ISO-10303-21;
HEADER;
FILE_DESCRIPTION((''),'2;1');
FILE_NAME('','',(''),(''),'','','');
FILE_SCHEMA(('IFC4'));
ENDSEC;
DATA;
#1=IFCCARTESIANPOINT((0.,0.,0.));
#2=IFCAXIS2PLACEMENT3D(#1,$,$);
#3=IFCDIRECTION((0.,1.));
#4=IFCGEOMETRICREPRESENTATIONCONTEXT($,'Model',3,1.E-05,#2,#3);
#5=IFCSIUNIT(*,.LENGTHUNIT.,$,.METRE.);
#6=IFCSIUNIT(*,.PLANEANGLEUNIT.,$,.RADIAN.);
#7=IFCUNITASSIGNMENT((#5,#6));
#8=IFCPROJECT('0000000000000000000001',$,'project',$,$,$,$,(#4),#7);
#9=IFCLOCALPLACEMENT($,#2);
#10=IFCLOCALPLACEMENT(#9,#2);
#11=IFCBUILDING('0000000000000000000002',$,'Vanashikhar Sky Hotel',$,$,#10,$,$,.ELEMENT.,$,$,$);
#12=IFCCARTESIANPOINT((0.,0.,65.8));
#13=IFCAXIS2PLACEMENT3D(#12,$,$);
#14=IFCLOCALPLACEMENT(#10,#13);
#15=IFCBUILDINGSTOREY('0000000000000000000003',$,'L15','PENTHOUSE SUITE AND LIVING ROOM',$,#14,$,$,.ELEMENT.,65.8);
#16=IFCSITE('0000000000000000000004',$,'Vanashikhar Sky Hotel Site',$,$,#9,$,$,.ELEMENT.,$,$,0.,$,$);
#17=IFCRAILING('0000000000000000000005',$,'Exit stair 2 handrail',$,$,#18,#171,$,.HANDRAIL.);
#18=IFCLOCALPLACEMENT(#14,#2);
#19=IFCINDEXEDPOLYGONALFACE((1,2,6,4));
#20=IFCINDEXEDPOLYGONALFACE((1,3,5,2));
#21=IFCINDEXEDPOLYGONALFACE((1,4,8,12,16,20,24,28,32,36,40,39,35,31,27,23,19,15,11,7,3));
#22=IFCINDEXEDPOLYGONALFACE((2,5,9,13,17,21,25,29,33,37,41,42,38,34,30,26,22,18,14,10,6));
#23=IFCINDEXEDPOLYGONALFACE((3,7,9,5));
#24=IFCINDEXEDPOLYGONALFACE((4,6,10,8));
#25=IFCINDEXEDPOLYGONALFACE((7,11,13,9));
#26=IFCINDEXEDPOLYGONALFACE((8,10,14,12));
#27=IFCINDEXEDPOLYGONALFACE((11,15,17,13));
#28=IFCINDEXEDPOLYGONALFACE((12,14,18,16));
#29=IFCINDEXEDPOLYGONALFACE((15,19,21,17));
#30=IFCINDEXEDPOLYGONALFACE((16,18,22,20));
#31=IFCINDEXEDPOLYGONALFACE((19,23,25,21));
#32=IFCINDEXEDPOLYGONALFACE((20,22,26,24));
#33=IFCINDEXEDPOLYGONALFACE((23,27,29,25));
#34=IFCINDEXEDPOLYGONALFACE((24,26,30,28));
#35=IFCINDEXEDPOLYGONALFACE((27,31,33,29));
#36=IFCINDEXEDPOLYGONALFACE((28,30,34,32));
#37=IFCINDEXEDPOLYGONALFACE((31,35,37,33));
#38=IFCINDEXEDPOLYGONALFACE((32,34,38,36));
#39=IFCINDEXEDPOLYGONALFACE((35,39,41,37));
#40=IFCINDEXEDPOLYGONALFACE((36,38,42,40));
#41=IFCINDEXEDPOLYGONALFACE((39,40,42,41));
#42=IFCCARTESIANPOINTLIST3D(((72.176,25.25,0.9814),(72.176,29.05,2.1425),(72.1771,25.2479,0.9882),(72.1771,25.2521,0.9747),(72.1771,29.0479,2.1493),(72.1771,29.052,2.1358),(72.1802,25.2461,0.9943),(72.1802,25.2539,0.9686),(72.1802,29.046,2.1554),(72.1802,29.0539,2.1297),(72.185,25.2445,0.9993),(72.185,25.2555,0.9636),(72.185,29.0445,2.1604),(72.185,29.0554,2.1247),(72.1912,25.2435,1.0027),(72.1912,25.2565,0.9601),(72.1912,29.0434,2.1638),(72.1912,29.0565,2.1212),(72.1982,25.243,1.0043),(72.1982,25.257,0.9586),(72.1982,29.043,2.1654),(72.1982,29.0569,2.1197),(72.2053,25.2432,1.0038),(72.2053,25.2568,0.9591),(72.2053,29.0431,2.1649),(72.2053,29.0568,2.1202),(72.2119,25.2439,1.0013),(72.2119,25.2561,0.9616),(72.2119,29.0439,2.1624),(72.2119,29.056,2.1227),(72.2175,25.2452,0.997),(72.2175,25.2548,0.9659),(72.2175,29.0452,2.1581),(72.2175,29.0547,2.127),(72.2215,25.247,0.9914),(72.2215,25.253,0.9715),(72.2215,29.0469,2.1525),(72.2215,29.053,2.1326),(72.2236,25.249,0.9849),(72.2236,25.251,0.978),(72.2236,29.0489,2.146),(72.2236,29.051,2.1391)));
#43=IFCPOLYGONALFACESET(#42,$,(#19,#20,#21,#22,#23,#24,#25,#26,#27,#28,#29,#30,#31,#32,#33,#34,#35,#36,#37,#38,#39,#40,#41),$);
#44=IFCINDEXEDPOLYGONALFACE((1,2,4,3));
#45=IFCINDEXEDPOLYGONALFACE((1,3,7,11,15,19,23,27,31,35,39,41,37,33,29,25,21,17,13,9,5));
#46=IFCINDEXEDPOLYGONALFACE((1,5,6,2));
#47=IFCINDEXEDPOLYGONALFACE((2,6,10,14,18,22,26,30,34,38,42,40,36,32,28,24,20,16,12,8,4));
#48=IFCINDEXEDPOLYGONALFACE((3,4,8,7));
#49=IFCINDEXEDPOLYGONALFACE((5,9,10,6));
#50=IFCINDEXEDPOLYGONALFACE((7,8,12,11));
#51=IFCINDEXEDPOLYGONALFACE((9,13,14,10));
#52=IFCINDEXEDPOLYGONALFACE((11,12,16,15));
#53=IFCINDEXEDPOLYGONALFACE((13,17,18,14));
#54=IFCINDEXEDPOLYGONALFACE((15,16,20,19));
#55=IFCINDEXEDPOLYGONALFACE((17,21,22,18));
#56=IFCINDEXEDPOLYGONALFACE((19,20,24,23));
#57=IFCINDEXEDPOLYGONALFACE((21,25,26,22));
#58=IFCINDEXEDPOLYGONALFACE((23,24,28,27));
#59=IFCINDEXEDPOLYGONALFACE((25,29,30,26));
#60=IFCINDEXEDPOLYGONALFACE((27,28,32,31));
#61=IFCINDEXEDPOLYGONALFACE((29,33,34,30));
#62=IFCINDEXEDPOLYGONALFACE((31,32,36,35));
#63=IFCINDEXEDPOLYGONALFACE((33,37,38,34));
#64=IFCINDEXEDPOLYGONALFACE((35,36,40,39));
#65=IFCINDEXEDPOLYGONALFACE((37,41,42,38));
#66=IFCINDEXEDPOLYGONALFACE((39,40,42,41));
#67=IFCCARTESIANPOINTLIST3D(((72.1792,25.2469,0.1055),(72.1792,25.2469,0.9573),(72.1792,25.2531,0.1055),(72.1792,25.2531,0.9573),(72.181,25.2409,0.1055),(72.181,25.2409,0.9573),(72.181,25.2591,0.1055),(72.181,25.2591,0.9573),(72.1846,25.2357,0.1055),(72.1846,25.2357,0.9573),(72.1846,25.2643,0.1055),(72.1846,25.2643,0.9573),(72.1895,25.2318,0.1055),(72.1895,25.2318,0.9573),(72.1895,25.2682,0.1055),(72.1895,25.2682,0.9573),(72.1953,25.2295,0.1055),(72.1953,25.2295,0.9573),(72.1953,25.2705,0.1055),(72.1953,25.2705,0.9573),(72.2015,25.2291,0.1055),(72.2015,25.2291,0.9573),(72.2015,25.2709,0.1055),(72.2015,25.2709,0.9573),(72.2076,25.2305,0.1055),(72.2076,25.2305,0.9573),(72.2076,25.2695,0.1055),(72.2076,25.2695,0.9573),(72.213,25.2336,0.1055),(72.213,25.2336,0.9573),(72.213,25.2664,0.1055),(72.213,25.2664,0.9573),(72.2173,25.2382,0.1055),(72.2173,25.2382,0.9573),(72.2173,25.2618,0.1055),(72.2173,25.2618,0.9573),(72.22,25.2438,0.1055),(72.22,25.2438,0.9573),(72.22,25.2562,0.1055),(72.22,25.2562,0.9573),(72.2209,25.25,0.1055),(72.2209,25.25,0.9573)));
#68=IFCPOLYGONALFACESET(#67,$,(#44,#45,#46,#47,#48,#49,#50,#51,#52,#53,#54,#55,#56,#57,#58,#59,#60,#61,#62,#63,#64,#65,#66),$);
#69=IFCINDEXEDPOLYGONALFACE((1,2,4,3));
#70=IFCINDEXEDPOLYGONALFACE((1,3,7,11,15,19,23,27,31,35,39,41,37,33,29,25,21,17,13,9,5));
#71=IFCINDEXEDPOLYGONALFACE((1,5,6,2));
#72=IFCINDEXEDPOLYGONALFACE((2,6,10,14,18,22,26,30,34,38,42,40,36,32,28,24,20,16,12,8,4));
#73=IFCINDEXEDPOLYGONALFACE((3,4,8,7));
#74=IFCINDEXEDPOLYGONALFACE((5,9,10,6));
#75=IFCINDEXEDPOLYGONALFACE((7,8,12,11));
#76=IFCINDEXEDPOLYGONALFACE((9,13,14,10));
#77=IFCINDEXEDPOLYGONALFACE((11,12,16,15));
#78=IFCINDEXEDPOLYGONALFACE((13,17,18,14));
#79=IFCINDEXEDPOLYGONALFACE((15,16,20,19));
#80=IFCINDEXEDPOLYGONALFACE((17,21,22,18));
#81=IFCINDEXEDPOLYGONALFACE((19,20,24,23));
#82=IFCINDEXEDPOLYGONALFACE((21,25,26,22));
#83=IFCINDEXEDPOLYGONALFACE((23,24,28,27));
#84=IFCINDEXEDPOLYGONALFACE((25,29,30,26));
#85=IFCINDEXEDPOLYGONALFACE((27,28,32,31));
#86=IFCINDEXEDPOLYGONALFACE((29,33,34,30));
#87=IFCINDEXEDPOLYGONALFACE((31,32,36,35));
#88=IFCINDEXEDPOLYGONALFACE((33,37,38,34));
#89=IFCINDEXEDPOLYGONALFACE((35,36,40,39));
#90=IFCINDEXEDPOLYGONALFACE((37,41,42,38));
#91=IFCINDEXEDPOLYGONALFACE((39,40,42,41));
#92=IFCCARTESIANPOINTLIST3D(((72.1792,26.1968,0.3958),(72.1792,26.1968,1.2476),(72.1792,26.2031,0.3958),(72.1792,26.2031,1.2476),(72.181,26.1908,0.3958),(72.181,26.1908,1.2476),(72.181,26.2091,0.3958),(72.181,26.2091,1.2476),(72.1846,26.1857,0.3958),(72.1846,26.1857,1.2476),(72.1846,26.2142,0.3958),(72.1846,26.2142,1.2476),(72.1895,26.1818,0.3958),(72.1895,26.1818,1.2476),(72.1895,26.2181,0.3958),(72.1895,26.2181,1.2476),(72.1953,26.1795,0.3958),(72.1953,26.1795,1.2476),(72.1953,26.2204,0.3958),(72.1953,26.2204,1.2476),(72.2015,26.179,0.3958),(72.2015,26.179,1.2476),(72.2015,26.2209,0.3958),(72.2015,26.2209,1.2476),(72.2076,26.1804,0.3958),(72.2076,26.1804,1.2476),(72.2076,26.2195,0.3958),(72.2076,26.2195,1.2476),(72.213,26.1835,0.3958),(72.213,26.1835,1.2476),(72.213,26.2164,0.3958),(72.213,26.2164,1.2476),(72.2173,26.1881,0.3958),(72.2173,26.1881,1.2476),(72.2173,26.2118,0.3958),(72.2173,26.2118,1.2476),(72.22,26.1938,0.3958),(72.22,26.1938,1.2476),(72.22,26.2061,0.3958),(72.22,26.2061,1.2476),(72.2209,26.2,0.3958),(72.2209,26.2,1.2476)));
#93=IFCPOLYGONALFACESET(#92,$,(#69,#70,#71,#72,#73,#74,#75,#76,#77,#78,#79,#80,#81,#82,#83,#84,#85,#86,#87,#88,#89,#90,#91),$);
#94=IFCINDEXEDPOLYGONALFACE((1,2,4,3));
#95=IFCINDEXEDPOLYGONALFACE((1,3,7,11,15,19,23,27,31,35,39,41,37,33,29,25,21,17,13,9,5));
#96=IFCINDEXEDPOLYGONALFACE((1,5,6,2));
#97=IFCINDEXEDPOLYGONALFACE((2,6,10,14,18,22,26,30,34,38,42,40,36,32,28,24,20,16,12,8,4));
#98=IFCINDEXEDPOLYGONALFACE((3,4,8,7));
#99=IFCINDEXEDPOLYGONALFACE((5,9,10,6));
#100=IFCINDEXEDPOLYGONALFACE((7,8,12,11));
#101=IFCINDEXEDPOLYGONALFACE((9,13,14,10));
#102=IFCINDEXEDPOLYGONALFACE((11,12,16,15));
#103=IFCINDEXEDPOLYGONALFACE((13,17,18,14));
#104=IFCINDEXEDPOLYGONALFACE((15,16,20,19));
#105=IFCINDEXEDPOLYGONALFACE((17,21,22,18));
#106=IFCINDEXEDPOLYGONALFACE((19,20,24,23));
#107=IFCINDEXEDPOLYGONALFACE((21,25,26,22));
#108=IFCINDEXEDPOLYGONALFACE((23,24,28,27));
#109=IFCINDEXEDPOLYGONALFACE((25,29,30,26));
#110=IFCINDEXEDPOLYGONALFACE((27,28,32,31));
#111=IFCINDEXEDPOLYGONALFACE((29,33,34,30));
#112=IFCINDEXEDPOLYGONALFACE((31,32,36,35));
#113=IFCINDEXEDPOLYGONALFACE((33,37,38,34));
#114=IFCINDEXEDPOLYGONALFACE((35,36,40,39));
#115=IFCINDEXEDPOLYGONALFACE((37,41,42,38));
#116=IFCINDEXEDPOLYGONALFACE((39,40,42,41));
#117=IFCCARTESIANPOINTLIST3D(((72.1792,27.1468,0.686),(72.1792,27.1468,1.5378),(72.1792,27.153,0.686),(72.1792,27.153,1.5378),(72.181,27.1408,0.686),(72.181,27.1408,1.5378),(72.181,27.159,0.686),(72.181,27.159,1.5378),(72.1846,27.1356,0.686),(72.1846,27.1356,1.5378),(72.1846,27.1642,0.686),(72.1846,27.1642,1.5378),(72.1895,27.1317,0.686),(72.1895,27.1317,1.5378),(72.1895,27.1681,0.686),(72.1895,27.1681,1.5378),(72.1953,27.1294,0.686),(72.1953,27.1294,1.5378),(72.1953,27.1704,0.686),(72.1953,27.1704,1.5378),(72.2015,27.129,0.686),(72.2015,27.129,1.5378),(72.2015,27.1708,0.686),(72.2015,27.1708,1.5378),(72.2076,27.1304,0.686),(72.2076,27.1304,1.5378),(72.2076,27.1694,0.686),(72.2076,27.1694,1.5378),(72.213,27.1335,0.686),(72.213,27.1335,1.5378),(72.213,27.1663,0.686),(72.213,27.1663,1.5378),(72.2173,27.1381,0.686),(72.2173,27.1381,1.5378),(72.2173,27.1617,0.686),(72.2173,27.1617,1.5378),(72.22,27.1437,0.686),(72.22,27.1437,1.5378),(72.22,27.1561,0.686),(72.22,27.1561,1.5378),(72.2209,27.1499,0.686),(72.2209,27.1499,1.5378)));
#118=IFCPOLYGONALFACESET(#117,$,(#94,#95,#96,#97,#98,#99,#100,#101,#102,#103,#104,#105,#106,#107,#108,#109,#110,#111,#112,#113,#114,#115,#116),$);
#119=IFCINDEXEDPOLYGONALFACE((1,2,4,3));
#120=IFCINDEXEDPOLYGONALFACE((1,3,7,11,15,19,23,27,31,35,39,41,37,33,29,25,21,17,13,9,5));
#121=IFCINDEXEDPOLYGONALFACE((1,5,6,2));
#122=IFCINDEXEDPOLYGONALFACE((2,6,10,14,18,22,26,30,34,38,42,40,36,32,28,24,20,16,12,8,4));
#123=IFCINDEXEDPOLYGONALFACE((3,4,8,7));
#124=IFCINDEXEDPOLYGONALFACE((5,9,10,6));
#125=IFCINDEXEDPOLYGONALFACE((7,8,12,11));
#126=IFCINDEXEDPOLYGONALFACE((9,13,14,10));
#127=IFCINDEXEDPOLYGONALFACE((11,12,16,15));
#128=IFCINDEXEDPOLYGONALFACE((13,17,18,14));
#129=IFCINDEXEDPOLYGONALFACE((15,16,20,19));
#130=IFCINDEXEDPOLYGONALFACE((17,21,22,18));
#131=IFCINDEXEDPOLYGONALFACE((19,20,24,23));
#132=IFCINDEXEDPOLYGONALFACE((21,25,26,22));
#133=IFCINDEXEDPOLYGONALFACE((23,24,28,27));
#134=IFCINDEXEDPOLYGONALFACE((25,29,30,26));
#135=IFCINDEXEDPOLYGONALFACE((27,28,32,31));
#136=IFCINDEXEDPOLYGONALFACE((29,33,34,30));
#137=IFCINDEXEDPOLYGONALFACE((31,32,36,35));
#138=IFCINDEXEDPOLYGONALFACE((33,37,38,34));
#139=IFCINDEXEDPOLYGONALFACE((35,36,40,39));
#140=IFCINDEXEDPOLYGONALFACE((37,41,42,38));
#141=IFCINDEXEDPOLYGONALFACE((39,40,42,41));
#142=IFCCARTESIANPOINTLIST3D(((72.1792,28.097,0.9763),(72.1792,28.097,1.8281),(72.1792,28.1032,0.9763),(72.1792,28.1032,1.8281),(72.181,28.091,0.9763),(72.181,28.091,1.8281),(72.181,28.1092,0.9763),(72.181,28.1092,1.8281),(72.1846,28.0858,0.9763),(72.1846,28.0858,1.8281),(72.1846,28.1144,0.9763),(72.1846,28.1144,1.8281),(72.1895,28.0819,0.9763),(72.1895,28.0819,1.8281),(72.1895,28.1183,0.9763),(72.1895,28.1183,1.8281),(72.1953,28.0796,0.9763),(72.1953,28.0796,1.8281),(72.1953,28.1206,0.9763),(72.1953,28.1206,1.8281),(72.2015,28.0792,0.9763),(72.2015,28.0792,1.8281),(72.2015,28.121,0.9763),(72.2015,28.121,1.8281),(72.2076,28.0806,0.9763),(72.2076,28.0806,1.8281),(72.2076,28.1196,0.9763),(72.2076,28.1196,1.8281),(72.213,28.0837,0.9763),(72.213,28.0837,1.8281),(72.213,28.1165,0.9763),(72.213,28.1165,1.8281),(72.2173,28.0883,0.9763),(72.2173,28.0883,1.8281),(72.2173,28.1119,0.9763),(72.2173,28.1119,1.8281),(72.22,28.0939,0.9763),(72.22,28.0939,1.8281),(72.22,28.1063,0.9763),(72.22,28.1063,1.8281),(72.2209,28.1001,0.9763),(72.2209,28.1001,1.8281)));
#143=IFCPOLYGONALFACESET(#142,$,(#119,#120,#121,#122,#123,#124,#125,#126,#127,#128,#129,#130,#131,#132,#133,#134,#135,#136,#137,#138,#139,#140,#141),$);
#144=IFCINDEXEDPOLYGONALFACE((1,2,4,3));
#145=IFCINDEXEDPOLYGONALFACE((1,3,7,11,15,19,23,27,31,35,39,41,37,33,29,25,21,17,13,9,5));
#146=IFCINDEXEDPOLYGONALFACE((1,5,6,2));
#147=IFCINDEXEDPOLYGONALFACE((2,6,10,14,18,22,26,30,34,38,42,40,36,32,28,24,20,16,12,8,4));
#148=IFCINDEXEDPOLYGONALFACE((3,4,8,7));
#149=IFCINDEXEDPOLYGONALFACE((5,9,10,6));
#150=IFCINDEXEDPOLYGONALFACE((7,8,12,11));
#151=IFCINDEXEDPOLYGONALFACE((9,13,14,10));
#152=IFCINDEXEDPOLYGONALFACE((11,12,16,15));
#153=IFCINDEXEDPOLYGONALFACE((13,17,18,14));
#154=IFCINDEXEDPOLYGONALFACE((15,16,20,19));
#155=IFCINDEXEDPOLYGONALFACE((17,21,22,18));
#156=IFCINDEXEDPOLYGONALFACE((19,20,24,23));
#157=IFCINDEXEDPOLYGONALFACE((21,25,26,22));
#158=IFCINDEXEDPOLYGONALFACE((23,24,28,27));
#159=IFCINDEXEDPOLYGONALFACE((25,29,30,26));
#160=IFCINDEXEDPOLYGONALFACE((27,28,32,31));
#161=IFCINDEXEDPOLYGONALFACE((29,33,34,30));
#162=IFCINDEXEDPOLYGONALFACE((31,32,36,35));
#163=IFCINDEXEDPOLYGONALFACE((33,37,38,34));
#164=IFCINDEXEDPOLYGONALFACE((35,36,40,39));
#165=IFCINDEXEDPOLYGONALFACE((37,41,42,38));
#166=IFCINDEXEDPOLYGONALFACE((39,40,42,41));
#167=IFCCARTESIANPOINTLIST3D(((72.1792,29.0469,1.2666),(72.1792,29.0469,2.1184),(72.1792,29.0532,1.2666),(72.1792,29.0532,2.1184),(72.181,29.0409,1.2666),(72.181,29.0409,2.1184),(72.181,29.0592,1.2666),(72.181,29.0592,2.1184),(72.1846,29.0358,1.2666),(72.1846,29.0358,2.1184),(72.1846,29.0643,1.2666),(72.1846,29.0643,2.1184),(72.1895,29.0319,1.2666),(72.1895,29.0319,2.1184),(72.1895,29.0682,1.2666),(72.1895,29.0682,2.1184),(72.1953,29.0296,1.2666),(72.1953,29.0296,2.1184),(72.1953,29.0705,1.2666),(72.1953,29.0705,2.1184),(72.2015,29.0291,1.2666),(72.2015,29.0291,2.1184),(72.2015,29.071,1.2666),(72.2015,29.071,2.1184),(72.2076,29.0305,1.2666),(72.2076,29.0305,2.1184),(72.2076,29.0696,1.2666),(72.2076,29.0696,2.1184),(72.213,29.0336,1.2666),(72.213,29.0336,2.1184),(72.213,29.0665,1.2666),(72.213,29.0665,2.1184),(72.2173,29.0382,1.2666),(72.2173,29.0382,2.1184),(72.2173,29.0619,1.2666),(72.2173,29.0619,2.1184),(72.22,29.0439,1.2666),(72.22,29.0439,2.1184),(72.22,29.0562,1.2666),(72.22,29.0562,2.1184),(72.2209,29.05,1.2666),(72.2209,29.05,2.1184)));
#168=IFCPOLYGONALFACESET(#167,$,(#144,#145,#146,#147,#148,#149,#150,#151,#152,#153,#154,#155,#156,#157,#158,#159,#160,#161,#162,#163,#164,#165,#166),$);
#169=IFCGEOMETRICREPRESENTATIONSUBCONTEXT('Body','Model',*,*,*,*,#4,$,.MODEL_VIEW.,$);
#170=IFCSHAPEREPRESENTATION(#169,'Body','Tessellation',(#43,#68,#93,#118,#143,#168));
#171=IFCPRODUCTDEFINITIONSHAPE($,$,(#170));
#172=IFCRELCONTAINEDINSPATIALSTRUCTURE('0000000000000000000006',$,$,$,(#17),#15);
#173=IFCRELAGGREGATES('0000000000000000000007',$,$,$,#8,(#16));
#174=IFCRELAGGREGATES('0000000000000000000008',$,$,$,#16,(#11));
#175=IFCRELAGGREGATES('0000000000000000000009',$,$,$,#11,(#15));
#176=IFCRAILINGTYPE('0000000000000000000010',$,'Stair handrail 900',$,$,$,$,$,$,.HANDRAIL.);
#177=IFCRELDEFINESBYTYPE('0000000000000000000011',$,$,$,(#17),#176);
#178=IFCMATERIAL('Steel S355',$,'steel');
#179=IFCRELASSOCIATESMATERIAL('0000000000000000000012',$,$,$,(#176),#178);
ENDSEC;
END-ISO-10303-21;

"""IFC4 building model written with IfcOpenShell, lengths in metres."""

from ifc_helpers import new_model, si_unit, direction, frame, origin, origin_2d, place, context, subcontext, project, spatial, circle, extrude, source, transform, mapped, material, type_object, element, save


model = new_model("IFC4")

# Units and contexts
model_context = context("Model", 3, precision=1e-05, world=origin(), true_north=direction((0.0, 1.0)))
body_context = subcontext(model_context, "Body", "Model", "MODEL_VIEW")
ifc_project = project(units=[si_unit("LENGTHUNIT", "METRE"), si_unit("PLANEANGLEUNIT", "RADIAN")], contexts=[model_context])

# Site, building, storey
site_placement = place(None, origin())
site = spatial("IfcSite", under=ifc_project, at=site_placement, Name="Vanashikhar Sky Hotel Site", CompositionType="ELEMENT", RefElevation=0.0)
building_placement = place(site_placement, origin())
building = spatial("IfcBuilding", under=site, at=building_placement, Name="Vanashikhar Sky Hotel", CompositionType="ELEMENT")
storey_placement = place(building_placement, frame((0.0, 0.0, 65.8)))
storey = spatial("IfcBuildingStorey", under=building, at=storey_placement, Name="L15", Description="PENTHOUSE SUITE AND LIVING ROOM", CompositionType="ELEMENT", Elevation=65.8)

# Railing
ifc_material_1 = material(Name="Steel S355", Category="steel")
railing_type_1 = type_object("IfcRailingType", Name="Stair handrail 900", PredefinedType="HANDRAIL", material=ifc_material_1)
shared_shape_1 = source(origin(), body_context, "Body", "SweptSolid", [
    extrude(circle(Radius=0.0239, at=origin_2d()), frame((0.0, 0.0, 0.876), z_axis=(0.0, 0.956351, 0.29222), x_axis=(-1.0, 0.0, 0.0)), (0.0, 0.0, 1.0), 3.9734),
    extrude(circle(Radius=0.021, at=origin_2d()), origin(), (0.0, 0.0, 1.0), 0.8518),
    extrude(circle(Radius=0.021, at=origin_2d()), frame((0.0, 0.95, 0.2903)), (0.0, 0.0, 1.0), 0.8518),
    extrude(circle(Radius=0.021, at=origin_2d()), frame((0.0, 1.8999, 0.5806)), (0.0, 0.0, 1.0), 0.8518),
    extrude(circle(Radius=0.021, at=origin_2d()), frame((0.0, 2.8501, 0.8708)), (0.0, 0.0, 1.0), 0.8518),
    extrude(circle(Radius=0.021, at=origin_2d()), frame((0.0, 3.8, 1.1611)), (0.0, 0.0, 1.0), 0.8518),
])
for number, where, name in (
    (1, (72.2, 25.25, 0.1055), "Exit stair 2 handrail"),
):
    element("IfcRailing", number, at=place(storey_placement, frame(where)), inside=storey, type_object=railing_type_1, Name=name, PredefinedType="HANDRAIL", context=body_context, shape_type="MappedRepresentation", body=[
        mapped(shared_shape_1, transform((0.0, 0.0, 0.0), scale=1.0)),
    ])

save(model, "model.ifc")
